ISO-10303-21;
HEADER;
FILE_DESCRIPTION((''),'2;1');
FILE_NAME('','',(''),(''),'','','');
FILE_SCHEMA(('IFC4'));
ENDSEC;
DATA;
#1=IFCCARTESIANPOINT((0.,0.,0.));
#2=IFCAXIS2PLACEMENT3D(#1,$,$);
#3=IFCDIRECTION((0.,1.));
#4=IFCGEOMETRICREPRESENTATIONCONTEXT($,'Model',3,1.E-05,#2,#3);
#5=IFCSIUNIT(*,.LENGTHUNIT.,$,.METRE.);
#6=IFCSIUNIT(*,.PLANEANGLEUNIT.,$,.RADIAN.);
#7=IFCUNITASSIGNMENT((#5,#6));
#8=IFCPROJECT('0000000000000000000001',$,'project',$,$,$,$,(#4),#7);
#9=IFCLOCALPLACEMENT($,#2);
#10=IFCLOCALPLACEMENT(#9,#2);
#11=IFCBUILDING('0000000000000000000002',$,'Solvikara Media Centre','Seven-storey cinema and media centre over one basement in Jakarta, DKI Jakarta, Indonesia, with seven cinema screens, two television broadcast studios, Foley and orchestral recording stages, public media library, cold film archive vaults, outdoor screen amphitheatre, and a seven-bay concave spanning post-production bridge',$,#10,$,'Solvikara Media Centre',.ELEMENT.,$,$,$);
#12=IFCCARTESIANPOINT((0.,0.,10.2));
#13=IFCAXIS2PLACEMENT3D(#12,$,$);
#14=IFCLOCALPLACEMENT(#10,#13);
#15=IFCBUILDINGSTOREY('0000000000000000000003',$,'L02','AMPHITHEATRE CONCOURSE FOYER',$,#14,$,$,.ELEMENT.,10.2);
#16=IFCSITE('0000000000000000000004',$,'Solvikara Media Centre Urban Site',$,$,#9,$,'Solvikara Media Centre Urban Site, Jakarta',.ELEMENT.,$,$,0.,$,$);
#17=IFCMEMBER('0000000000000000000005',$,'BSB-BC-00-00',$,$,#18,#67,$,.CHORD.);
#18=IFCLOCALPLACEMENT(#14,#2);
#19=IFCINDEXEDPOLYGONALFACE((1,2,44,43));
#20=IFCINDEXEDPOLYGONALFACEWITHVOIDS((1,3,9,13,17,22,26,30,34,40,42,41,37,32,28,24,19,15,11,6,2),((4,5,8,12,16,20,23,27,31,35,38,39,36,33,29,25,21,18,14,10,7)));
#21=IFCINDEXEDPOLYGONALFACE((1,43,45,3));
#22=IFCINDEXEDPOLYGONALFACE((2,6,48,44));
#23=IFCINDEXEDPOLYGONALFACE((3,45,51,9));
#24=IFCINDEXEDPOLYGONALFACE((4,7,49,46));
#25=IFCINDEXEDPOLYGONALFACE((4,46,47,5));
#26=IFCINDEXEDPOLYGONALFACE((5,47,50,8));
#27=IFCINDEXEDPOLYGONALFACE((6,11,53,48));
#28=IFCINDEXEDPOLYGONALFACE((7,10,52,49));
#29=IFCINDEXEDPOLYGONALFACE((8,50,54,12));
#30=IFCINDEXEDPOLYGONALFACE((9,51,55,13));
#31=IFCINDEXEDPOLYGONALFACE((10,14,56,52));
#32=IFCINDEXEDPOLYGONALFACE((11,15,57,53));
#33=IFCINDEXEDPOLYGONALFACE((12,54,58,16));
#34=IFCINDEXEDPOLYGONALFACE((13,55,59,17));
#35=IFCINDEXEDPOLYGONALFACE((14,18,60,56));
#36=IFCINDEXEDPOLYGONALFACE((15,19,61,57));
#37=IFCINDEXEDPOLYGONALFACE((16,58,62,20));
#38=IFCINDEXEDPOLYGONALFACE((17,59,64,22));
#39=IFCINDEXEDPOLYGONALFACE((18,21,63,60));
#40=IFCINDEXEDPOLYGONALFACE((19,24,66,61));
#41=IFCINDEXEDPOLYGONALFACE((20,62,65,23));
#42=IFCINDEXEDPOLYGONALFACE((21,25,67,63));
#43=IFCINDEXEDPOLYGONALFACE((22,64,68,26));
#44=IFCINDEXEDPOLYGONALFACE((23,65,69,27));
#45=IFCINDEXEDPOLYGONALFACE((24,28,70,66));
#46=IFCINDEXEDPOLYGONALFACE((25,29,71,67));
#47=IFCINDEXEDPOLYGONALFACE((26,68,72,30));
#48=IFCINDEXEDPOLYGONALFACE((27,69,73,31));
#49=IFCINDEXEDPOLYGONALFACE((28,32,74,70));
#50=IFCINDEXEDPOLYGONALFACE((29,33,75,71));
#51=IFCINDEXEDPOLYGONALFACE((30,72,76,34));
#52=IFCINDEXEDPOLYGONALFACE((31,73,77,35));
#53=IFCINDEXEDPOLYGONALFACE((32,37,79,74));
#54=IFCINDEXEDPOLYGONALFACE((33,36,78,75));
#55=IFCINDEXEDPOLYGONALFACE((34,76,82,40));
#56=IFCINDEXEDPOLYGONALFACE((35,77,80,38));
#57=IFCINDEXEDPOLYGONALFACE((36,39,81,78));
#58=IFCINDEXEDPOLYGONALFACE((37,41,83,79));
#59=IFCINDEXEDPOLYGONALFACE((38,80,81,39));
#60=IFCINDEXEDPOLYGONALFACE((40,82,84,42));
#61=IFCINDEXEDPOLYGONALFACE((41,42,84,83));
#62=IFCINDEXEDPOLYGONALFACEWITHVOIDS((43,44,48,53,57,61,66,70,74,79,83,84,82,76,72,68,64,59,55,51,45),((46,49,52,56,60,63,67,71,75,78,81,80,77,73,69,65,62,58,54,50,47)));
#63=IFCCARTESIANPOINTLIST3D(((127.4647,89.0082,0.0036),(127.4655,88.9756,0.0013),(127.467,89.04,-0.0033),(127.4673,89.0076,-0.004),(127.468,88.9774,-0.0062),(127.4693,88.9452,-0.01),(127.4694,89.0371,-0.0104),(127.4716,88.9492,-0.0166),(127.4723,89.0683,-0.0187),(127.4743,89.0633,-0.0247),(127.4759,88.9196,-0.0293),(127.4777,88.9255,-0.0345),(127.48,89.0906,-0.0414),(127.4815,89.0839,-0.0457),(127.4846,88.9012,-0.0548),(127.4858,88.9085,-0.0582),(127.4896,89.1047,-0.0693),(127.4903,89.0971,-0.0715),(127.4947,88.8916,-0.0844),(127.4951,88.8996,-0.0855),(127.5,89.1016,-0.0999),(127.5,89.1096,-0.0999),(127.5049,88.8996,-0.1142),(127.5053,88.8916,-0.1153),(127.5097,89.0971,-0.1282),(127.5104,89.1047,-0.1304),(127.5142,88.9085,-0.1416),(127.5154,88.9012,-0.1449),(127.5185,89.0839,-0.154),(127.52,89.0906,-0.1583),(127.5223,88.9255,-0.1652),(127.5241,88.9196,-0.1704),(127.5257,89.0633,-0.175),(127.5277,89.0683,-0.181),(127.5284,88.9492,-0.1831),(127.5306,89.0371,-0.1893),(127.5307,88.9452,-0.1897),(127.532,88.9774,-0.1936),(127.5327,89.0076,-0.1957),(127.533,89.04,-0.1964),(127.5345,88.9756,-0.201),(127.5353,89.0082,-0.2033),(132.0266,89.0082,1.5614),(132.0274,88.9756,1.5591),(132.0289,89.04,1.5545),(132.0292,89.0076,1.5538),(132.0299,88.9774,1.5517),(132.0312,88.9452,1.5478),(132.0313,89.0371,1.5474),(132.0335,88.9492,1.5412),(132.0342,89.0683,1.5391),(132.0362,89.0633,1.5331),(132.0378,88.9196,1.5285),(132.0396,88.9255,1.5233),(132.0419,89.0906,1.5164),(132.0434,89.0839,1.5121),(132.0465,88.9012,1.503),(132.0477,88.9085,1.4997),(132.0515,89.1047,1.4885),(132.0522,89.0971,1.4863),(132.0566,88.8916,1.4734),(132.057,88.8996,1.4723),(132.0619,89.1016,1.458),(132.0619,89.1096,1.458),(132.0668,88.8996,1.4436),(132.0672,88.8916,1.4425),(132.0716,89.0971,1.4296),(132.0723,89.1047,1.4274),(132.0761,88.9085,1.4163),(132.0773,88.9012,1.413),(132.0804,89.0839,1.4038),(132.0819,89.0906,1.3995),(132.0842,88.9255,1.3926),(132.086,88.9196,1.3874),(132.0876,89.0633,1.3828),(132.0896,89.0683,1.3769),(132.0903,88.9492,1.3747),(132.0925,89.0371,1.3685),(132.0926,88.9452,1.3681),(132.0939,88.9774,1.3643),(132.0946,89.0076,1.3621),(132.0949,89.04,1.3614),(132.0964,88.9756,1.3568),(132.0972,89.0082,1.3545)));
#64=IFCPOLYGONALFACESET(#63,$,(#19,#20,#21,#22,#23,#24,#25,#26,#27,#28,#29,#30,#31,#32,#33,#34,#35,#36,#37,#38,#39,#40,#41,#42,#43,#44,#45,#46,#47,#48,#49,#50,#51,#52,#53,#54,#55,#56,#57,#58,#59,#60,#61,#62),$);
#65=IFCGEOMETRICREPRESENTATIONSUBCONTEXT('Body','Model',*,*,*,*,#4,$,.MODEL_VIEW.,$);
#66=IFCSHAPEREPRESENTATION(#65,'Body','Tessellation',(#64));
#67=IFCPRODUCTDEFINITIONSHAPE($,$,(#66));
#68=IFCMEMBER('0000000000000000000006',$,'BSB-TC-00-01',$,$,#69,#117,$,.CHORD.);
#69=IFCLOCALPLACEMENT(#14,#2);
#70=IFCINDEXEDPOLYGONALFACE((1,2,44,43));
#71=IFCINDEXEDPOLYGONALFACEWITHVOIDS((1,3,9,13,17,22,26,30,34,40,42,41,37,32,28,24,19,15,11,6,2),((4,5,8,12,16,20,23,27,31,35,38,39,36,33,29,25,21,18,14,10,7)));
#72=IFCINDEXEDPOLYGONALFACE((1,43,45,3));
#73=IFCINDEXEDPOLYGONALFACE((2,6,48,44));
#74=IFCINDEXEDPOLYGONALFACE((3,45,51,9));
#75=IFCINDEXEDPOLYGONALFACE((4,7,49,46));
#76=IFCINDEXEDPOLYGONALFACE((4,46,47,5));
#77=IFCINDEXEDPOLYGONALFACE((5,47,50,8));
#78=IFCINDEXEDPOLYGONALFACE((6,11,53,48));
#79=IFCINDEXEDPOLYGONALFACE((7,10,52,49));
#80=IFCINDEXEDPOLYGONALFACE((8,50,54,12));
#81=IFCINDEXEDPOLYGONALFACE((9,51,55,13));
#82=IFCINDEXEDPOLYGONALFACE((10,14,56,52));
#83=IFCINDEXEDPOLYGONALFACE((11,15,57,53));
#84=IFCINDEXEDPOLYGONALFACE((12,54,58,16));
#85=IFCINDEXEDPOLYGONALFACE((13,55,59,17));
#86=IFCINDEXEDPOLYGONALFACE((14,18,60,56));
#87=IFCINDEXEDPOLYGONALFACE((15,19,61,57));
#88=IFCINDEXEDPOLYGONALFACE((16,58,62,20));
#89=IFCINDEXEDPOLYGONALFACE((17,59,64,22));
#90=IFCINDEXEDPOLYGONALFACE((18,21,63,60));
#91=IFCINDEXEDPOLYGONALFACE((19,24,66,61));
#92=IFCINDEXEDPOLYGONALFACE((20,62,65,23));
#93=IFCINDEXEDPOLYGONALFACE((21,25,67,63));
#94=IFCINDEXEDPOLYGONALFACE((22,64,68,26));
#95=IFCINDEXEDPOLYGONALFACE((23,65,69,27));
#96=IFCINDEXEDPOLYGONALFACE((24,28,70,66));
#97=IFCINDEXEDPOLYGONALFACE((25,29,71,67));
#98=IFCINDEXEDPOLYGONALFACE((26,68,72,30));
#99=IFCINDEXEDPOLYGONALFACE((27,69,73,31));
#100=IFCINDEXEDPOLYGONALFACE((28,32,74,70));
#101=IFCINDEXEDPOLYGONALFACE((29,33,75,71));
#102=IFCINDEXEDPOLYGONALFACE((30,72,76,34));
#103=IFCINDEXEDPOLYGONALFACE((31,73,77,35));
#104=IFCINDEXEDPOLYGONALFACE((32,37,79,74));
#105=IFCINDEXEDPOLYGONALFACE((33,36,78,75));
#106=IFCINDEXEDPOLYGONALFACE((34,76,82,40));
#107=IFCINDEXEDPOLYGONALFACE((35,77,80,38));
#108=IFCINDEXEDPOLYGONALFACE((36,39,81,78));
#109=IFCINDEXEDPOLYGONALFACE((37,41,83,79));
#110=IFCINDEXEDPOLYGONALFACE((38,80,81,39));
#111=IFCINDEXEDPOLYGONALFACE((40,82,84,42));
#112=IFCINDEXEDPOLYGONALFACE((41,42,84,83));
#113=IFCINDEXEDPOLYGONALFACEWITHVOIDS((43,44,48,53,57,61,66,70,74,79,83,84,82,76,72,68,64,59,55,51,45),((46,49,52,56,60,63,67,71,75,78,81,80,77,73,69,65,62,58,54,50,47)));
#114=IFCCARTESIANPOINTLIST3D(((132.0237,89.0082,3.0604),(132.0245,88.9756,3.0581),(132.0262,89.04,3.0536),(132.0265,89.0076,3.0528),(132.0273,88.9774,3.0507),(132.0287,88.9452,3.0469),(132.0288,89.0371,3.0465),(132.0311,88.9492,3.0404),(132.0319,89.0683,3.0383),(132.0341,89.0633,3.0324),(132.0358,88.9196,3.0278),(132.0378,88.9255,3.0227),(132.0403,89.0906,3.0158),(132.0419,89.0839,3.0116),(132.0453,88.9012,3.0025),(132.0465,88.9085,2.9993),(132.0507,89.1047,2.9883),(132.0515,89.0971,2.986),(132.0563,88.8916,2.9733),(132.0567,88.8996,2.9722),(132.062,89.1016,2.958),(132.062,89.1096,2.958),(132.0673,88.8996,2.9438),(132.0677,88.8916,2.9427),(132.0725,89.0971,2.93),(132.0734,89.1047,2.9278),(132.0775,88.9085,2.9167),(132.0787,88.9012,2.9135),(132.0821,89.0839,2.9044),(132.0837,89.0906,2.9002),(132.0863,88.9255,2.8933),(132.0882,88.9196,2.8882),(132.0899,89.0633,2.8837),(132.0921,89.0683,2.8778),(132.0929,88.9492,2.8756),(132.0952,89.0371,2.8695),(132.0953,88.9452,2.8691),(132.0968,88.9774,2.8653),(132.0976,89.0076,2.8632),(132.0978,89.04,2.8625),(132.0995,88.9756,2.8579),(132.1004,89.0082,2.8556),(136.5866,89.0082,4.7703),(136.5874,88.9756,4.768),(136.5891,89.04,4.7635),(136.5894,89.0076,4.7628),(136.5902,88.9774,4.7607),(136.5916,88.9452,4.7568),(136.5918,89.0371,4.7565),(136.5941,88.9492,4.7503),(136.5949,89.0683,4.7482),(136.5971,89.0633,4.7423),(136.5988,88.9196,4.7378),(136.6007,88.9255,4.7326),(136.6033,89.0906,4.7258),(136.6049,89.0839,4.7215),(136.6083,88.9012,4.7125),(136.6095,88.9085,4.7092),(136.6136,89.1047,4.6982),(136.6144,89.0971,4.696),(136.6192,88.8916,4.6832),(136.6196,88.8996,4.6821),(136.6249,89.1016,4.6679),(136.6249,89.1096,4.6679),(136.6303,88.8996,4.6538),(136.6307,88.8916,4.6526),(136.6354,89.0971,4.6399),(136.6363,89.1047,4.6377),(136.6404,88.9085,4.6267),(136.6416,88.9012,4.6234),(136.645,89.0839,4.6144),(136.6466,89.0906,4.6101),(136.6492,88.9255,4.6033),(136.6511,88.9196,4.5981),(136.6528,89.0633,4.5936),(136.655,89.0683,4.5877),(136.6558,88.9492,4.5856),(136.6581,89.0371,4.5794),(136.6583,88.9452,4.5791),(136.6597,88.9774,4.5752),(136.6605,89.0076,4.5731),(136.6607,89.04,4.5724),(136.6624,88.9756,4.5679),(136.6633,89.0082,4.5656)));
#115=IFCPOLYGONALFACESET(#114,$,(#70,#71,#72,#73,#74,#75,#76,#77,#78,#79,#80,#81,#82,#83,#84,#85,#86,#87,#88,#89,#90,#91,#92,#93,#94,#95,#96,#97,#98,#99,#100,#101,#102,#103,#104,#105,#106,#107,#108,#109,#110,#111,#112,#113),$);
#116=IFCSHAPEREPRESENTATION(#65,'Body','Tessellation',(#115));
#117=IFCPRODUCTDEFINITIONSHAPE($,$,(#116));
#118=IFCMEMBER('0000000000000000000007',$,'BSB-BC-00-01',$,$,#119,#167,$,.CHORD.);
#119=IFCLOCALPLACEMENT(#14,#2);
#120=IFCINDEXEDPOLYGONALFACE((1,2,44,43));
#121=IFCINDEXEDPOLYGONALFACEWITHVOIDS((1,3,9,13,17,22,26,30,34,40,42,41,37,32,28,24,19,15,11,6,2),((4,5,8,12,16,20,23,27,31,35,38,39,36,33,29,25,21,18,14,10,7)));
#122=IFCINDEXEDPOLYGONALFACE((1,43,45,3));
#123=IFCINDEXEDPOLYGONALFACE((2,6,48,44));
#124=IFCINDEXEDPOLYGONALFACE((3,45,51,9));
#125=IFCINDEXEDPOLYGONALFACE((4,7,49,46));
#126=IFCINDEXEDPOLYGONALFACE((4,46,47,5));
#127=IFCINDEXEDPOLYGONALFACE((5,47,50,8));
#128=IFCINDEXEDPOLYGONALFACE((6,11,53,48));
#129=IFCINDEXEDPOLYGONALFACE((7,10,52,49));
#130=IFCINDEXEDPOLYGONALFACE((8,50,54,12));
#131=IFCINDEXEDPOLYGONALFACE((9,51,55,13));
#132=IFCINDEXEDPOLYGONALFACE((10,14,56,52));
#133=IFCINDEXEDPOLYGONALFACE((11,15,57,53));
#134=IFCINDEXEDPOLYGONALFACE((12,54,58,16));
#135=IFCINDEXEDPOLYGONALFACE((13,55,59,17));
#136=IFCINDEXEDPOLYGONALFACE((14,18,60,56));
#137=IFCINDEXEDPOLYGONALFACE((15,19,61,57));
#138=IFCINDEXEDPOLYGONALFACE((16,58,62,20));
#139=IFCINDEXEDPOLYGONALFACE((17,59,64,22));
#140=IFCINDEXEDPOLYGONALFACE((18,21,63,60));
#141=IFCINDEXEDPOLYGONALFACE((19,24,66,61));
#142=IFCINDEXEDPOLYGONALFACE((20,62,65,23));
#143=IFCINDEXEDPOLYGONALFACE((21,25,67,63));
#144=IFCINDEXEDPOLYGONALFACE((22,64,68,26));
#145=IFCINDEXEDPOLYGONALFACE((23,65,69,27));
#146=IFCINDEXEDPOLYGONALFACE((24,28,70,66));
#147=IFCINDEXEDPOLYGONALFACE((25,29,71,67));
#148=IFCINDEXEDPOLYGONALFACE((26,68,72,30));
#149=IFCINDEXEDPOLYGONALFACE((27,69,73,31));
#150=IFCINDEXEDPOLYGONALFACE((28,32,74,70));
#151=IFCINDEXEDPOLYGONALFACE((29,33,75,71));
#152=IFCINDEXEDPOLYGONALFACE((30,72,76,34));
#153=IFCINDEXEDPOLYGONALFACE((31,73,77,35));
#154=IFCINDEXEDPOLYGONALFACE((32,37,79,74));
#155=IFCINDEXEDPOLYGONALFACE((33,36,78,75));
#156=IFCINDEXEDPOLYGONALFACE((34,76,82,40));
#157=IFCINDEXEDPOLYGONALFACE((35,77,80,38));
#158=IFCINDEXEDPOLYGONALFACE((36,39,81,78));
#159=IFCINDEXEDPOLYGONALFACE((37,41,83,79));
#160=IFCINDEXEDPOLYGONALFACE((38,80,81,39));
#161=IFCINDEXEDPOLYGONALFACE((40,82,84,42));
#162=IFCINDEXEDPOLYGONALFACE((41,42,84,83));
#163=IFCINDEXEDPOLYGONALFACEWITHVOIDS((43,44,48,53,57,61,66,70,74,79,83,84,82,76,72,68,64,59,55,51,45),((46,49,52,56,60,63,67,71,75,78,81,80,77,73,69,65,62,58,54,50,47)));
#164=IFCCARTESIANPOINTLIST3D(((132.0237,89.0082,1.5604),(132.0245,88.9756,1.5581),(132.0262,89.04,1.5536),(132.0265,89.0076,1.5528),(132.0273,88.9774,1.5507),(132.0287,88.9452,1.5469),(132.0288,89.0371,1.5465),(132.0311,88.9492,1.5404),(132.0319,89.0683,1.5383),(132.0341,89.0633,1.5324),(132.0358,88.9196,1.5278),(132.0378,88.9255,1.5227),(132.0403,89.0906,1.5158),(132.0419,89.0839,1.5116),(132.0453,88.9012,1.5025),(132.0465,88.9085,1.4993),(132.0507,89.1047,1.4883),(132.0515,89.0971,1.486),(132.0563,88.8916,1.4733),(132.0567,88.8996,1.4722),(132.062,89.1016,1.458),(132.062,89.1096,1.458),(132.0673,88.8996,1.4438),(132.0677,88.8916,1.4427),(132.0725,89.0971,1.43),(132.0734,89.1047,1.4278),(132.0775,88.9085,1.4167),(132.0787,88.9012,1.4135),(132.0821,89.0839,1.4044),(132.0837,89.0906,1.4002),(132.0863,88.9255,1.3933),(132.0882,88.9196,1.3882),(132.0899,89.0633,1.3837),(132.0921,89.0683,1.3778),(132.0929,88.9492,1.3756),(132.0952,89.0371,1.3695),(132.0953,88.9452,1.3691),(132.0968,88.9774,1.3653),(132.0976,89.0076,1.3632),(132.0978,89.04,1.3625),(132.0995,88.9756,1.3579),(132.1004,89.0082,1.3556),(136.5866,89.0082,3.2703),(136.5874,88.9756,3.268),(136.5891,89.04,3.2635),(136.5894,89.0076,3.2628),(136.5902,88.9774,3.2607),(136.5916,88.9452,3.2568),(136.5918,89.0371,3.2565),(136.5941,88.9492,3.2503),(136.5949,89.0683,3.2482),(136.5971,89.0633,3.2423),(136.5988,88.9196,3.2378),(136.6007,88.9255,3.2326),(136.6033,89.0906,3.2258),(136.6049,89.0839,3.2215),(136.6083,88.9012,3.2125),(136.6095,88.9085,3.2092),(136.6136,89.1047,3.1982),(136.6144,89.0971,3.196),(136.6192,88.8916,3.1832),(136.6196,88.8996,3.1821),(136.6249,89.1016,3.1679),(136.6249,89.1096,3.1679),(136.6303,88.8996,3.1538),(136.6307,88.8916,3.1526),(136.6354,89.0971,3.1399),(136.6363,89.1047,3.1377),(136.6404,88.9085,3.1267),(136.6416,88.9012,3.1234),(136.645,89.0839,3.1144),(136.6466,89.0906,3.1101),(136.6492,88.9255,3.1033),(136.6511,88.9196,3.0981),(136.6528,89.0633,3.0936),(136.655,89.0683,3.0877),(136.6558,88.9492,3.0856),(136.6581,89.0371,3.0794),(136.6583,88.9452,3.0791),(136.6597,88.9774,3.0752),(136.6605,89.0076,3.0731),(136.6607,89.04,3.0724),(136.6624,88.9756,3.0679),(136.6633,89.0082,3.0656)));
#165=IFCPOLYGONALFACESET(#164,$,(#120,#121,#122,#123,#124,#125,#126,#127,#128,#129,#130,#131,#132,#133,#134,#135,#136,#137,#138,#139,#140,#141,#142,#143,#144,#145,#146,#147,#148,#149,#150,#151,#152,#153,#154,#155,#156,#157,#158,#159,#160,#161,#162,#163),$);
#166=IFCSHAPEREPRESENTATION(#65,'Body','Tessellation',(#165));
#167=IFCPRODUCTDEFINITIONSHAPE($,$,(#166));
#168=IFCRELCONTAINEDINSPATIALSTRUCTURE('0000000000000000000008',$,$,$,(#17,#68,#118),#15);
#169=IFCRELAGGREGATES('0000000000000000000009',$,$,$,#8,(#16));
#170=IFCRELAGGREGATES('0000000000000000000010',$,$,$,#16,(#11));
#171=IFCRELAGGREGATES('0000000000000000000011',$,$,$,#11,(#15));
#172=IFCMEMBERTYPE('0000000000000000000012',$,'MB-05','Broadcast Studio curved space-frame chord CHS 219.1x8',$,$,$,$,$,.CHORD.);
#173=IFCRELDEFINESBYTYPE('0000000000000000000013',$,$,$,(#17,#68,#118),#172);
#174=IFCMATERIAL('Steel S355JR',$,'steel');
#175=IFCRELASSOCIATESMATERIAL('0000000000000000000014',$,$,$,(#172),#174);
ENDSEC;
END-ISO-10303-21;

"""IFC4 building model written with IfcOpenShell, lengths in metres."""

from ifc_helpers import new_model, si_unit, direction, frame, origin, origin_2d, place, context, subcontext, project, spatial, hollow_circle, extrude, material, material_profile, profile_set, type_object, element, save


model = new_model("IFC4")

# Units and contexts
model_context = context("Model", 3, precision=1e-05, world=origin(), true_north=direction((0.0, 1.0)))
body_context = subcontext(model_context, "Body", "Model", "MODEL_VIEW")
ifc_project = project(units=[si_unit("LENGTHUNIT", "METRE"), si_unit("PLANEANGLEUNIT", "RADIAN")], contexts=[model_context])

# Site, building, storey
site_placement = place(None, origin())
site = spatial("IfcSite", under=ifc_project, at=site_placement, Name="Solvikara Media Centre Urban Site", LongName="Solvikara Media Centre Urban Site, Jakarta", CompositionType="ELEMENT", RefElevation=0.0)
building_placement = place(site_placement, origin())
building = spatial("IfcBuilding", under=site, at=building_placement, Name="Solvikara Media Centre", Description="Seven-storey cinema and media centre over one basement in Jakarta, DKI Jakarta, Indonesia, with seven cinema screens, two television broadcast studios, Foley and orchestral recording stages, public media library, cold film archive vaults, outdoor screen amphitheatre, and a seven-bay concave spanning post-production bridge", LongName="Solvikara Media Centre", CompositionType="ELEMENT")
storey_placement = place(building_placement, frame((0.0, 0.0, 10.2)))
storey = spatial("IfcBuildingStorey", under=building, at=storey_placement, Name="L02", Description="AMPHITHEATRE CONCOURSE FOYER", CompositionType="ELEMENT", Elevation=10.2)

# Shared definitions
ifc_material_1 = material(Name="Steel S355JR", Category="steel")

# Members
ifc_material_profile_1 = material_profile(ifc_material_1, hollow_circle(Radius=0.1096, WallThickness=0.0081, at=origin_2d()), Name="CHS 219.1x8")
ifc_profile_set_1 = profile_set([ifc_material_profile_1], Name="Steel S355JR")
member_type_1 = type_object("IfcMemberType", Name="MB-05", Description="Broadcast Studio curved space-frame chord CHS 219.1x8", PredefinedType="CHORD", material=ifc_profile_set_1)
member_1_placement = place(storey_placement, frame((127.5, 89.0, -0.0999), z_axis=(0.946343, 0.0, 0.323163), x_axis=(0.0, 1.0, 0.0)))
element("IfcMember", 1, at=member_1_placement, inside=storey, type_object=member_type_1, Name="BSB-BC-00-00", PredefinedType="CHORD", context=body_context, shape_type="SweptSolid", body=[
    extrude(hollow_circle(Radius=0.1096, WallThickness=0.0081, at=origin_2d()), origin(), (0.0, 0.0, 1.0), 4.8206),
])
for number, where, z_axis, x_axis, name in (
    (2, (132.062, 89.0, 2.958), (0.936407, 0.0, 0.350915), (0.0, 1.0, 0.0), "BSB-TC-00-01"),
    (3, (132.062, 89.0, 1.458), (0.936407, 0.0, 0.350915), (0.0, 1.0, 0.0), "BSB-BC-00-01"),
):
    element("IfcMember", number, at=place(storey_placement, frame(where, z_axis=z_axis, x_axis=x_axis)), inside=storey, type_object=member_type_1, Name=name, PredefinedType="CHORD", context=body_context, shape_type="SweptSolid", body=[
        extrude(hollow_circle(Radius=0.1096, WallThickness=0.0081, at=origin_2d()), origin(), (0.0, 0.0, 1.0), 4.8728),
    ])

save(model, "model.ifc")
